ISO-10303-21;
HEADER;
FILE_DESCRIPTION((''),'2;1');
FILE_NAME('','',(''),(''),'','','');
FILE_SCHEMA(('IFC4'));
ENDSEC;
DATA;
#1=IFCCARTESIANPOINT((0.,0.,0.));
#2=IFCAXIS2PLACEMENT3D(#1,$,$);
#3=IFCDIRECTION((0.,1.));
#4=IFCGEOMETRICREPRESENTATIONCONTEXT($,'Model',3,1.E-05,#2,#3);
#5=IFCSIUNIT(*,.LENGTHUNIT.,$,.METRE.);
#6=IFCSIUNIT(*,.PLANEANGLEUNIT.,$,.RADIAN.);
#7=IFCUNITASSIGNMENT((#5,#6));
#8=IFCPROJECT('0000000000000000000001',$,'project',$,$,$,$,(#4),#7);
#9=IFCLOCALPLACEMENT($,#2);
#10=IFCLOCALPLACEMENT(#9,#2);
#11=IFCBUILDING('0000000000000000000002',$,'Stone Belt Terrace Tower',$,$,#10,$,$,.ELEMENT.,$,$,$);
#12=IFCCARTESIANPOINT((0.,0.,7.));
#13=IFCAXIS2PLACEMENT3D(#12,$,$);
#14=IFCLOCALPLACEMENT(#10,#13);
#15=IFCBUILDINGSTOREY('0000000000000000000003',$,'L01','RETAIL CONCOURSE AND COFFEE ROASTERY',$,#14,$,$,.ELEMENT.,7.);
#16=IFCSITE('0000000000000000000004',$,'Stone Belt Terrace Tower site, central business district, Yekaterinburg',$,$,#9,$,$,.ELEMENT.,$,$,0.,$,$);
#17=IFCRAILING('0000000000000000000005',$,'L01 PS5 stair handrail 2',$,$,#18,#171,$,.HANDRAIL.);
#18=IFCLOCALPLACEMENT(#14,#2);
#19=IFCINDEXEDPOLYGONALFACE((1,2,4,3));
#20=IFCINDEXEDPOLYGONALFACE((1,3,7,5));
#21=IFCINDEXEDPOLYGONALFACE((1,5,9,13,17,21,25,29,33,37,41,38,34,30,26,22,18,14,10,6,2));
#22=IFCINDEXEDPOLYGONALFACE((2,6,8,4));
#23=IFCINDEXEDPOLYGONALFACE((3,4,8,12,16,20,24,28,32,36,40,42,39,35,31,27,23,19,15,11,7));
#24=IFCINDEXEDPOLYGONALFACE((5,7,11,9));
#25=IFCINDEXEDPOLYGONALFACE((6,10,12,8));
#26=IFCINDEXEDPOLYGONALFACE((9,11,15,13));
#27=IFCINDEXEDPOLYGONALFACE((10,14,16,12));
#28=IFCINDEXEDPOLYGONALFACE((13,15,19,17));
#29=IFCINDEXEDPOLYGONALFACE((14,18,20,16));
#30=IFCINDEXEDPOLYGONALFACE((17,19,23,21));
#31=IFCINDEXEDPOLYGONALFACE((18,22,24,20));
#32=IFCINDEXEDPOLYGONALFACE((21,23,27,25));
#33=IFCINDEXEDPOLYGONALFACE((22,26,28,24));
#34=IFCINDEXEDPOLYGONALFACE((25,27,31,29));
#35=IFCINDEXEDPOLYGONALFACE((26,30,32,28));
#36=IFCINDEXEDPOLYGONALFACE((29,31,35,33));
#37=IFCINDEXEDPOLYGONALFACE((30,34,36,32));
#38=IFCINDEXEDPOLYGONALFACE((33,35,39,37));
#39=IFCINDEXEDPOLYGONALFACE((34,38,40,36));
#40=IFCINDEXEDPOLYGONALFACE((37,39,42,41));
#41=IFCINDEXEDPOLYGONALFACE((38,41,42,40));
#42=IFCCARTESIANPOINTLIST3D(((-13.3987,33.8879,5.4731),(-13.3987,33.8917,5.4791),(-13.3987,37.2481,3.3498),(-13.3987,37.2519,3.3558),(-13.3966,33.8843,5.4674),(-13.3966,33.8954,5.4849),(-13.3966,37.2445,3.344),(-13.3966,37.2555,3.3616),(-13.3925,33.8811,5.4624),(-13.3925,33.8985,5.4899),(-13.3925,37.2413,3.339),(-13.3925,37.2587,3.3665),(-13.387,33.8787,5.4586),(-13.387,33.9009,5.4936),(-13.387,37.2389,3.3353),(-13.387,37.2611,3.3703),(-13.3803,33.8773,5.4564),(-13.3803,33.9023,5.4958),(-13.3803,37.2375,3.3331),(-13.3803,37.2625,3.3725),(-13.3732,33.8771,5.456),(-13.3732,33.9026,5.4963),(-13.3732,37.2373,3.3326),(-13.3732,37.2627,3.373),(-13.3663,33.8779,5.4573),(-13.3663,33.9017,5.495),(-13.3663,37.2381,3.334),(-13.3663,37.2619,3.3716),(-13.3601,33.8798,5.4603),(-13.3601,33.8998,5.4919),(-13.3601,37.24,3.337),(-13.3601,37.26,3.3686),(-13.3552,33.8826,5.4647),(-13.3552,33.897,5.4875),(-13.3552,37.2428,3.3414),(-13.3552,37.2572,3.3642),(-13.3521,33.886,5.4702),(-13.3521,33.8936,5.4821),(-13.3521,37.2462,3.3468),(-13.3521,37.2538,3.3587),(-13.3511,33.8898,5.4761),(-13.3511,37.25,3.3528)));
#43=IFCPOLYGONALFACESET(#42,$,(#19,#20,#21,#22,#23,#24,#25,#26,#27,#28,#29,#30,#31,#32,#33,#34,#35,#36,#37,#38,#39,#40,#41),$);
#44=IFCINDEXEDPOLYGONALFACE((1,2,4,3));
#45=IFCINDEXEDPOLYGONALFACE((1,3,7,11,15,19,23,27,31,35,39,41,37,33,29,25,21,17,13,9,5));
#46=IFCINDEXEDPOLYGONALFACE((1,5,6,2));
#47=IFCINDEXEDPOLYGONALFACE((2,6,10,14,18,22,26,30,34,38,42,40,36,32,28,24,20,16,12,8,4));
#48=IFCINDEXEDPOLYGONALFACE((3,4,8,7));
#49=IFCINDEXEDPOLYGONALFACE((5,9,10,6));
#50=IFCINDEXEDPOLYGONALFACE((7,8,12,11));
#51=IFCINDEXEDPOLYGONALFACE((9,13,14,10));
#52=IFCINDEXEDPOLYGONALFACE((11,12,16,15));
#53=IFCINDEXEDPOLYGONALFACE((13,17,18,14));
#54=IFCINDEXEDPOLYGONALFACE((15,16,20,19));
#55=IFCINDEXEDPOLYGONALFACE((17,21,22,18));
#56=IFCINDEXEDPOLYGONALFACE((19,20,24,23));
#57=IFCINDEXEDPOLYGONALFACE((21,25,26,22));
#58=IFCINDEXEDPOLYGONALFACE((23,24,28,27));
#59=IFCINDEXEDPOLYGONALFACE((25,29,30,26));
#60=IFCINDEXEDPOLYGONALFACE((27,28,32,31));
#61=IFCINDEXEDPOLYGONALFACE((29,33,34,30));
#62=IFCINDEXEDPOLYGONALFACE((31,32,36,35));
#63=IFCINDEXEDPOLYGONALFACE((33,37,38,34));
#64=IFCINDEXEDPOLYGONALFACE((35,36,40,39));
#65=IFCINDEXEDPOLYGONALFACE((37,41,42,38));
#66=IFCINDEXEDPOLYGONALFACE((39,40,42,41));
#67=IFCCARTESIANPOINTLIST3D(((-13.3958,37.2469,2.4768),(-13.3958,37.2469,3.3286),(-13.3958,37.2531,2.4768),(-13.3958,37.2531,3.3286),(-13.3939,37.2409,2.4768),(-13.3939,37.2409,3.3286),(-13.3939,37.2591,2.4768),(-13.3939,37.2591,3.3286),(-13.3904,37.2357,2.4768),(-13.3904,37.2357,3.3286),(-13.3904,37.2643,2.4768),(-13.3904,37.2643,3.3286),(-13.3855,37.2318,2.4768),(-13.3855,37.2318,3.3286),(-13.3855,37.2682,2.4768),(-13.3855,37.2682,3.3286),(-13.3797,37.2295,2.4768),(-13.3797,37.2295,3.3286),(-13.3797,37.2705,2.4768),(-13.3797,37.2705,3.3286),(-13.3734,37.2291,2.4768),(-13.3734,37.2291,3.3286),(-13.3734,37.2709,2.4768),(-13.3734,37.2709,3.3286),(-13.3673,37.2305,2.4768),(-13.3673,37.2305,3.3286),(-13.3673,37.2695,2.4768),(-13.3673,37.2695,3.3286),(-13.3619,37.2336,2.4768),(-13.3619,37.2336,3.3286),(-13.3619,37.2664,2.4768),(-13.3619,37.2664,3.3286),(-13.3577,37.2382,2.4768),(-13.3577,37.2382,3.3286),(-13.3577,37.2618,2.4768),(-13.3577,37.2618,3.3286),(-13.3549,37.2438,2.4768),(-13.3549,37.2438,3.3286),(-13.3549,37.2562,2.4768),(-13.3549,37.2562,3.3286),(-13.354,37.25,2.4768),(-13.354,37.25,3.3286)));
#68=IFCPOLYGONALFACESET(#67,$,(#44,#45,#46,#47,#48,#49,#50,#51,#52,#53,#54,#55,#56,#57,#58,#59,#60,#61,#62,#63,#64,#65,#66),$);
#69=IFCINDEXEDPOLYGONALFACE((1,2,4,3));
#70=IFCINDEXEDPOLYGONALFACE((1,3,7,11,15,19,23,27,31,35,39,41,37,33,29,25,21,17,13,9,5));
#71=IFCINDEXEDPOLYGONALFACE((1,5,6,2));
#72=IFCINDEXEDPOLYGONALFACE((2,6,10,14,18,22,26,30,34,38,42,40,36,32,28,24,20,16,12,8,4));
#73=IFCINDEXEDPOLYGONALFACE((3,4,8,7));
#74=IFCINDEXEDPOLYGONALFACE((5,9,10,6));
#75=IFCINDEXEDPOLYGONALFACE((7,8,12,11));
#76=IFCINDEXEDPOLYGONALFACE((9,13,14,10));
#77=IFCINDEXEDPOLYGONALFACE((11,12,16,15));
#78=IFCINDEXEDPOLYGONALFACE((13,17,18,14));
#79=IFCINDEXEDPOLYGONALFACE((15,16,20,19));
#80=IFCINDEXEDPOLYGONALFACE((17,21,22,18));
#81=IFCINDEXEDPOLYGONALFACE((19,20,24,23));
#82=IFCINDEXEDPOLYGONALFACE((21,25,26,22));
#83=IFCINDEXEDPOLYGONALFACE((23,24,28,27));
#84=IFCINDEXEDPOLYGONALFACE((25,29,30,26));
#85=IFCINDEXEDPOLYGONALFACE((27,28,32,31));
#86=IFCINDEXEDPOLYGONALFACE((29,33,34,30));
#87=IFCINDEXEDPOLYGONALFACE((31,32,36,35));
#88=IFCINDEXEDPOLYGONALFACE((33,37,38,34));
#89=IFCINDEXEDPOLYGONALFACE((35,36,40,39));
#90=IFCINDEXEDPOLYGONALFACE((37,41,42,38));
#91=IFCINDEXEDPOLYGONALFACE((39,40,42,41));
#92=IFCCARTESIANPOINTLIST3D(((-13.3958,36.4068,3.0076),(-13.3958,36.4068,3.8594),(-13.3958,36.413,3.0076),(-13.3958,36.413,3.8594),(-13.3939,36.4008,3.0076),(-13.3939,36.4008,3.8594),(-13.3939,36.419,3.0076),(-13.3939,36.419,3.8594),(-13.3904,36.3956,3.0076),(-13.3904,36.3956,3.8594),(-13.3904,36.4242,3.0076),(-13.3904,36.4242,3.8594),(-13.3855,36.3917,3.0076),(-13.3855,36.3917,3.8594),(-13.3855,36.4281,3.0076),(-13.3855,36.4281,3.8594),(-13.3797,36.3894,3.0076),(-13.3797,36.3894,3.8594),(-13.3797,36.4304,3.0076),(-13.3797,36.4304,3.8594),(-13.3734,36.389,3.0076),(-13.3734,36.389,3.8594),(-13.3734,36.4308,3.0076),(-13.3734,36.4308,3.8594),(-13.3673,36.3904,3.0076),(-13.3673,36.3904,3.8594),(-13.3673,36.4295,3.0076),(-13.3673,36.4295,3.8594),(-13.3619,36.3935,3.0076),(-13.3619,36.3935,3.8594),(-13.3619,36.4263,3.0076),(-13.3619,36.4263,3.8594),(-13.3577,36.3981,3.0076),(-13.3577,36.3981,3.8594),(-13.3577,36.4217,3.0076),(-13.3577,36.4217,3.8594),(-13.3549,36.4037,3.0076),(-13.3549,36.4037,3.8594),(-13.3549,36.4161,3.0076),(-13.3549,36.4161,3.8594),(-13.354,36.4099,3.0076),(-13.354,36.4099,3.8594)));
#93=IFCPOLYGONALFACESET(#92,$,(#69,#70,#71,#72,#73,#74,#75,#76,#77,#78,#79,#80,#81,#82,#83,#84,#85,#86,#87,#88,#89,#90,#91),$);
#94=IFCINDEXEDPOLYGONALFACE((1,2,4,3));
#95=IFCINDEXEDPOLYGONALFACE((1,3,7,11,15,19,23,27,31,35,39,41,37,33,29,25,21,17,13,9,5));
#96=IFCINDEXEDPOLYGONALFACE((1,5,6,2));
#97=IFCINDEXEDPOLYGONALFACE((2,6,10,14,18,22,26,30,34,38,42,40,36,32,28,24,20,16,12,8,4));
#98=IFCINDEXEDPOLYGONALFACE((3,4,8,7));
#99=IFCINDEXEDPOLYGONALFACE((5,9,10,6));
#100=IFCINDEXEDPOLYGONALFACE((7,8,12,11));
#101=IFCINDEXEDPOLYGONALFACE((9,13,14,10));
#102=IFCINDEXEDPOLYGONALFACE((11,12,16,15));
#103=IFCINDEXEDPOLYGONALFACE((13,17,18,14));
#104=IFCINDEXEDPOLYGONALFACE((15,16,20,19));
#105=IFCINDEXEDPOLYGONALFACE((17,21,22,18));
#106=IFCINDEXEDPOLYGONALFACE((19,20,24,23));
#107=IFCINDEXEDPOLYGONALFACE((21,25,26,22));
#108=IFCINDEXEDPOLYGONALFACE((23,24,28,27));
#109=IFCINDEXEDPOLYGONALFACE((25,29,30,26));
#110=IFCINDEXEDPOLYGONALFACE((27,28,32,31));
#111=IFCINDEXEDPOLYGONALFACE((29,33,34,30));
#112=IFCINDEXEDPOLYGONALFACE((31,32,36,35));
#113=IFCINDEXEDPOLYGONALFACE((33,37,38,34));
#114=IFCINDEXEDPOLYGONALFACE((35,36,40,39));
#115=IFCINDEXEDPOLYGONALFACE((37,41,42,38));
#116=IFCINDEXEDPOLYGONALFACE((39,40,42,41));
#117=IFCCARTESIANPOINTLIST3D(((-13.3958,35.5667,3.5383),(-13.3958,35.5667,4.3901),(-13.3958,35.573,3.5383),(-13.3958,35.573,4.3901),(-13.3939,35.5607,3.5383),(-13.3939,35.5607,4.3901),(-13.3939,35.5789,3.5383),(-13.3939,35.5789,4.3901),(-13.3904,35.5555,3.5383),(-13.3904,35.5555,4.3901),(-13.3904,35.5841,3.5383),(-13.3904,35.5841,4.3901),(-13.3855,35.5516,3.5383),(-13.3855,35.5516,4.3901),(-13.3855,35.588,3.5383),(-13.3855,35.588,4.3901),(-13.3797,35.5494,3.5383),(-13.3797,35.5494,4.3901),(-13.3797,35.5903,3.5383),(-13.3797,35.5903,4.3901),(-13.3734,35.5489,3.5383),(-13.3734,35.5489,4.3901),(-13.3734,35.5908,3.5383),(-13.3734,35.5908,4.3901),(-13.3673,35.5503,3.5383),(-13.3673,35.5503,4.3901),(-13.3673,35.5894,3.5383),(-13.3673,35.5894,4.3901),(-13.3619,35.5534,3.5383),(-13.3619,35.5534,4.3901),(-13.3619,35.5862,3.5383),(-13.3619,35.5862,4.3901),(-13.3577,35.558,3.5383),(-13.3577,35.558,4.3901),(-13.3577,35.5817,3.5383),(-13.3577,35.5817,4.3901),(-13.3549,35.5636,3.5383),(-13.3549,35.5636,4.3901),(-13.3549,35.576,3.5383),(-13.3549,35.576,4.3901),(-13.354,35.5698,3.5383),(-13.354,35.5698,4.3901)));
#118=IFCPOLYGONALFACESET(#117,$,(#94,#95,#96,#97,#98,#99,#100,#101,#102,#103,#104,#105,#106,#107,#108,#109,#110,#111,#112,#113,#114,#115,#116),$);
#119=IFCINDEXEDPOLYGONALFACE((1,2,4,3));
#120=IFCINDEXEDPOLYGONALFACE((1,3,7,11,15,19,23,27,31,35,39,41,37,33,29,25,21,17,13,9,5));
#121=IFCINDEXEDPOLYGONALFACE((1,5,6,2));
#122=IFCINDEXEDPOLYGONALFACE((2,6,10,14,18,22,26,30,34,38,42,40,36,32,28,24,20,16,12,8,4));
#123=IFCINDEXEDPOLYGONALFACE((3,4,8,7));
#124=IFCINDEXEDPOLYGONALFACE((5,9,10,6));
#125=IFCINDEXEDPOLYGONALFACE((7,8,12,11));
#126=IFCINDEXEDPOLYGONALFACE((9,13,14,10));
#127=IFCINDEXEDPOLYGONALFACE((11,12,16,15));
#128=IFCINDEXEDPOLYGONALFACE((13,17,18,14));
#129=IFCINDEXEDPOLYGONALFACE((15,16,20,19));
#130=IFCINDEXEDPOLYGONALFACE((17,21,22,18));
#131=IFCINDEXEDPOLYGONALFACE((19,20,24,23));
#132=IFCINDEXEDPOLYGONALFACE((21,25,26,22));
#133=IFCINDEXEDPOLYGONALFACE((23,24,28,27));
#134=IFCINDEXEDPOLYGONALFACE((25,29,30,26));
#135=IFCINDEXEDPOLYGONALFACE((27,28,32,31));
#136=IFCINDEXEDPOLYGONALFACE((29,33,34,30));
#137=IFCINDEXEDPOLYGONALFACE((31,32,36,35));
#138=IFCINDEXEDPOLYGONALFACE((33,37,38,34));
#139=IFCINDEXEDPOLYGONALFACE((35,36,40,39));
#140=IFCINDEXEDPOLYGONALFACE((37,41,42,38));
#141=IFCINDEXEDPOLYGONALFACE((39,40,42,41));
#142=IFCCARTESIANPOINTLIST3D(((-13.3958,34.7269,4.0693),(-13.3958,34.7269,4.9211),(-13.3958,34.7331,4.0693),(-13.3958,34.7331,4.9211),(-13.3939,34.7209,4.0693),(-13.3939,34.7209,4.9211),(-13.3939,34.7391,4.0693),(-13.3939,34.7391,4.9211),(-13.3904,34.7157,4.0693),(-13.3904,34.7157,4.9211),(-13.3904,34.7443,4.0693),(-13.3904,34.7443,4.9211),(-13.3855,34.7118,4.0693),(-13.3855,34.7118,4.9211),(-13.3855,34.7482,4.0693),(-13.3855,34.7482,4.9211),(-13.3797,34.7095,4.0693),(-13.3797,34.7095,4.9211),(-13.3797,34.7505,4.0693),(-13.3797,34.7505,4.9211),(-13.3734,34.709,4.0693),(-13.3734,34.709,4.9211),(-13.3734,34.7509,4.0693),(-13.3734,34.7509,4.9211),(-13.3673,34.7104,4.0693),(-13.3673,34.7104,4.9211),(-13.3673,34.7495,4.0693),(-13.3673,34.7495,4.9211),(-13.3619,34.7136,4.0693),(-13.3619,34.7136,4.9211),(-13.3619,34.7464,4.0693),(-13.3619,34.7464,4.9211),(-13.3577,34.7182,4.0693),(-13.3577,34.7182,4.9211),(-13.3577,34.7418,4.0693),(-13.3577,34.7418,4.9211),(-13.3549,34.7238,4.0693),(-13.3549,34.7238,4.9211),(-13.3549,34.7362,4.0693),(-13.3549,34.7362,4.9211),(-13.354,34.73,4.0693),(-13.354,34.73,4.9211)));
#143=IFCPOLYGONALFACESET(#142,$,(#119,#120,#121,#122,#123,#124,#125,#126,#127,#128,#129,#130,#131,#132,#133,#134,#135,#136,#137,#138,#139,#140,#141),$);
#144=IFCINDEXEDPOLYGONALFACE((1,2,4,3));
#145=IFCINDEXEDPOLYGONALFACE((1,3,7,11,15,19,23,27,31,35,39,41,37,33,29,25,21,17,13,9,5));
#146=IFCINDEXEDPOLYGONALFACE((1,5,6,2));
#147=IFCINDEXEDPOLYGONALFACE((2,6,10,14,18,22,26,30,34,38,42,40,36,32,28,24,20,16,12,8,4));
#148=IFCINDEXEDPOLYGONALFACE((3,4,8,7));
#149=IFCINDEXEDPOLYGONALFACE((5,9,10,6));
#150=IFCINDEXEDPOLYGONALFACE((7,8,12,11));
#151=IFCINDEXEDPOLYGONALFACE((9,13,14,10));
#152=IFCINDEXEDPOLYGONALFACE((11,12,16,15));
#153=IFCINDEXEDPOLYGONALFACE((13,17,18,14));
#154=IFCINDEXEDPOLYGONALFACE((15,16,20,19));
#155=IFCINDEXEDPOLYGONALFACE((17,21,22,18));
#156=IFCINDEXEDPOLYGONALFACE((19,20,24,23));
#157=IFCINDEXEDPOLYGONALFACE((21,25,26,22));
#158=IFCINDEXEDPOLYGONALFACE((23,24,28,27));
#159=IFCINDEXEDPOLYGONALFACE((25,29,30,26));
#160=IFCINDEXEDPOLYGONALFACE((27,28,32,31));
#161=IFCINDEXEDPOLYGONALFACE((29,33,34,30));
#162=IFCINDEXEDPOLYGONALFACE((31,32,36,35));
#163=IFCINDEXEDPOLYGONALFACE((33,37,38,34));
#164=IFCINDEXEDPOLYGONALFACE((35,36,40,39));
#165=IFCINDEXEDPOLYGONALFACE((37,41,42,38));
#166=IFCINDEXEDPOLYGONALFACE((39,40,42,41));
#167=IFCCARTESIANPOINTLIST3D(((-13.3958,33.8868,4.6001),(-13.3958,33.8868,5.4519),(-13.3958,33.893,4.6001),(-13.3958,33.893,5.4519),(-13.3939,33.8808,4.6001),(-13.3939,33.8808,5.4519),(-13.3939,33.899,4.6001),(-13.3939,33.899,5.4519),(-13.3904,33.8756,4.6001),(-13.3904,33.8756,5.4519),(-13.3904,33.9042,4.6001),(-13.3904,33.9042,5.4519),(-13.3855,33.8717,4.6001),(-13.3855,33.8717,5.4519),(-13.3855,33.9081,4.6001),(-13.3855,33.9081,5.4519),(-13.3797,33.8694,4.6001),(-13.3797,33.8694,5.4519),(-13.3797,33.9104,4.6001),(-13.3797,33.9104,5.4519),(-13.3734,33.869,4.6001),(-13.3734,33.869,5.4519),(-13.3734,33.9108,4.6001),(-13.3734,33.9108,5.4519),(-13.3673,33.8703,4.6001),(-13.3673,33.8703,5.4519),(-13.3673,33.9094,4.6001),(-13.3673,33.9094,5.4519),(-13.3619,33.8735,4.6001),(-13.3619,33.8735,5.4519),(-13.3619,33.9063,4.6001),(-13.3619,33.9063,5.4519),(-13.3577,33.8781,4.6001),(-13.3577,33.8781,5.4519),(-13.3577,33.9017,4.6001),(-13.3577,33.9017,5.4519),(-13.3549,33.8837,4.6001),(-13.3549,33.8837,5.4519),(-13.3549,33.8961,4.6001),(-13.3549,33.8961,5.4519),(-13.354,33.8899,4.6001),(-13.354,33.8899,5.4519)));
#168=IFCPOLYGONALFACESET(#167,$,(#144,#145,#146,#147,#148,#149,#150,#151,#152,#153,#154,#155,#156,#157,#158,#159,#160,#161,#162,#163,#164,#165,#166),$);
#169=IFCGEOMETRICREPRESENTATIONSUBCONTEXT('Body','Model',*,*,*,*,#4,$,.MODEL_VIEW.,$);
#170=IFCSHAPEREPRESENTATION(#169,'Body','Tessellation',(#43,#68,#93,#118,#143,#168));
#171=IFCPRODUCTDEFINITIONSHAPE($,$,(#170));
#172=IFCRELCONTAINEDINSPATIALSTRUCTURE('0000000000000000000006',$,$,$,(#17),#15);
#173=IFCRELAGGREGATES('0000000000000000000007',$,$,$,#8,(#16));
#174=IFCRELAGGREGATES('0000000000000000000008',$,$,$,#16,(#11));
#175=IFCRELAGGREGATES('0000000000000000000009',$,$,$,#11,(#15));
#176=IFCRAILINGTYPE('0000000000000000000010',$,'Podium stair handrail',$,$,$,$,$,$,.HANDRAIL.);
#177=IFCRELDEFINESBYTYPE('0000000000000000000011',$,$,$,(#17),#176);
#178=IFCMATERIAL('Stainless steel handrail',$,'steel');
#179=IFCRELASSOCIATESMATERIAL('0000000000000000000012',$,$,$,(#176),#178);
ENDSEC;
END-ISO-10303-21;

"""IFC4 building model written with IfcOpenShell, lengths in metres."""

from ifc_helpers import new_model, si_unit, direction, frame, origin, origin_2d, place, context, subcontext, project, spatial, circle, extrude, material, type_object, element, save


model = new_model("IFC4")

# Units and contexts
model_context = context("Model", 3, precision=1e-05, world=origin(), true_north=direction((0.0, 1.0)))
body_context = subcontext(model_context, "Body", "Model", "MODEL_VIEW")
ifc_project = project(units=[si_unit("LENGTHUNIT", "METRE"), si_unit("PLANEANGLEUNIT", "RADIAN")], contexts=[model_context])

# Site, building, storey
site_placement = place(None, origin())
site = spatial("IfcSite", under=ifc_project, at=site_placement, Name="Stone Belt Terrace Tower site, central business district, Yekaterinburg", CompositionType="ELEMENT", RefElevation=0.0)
building_placement = place(site_placement, origin())
building = spatial("IfcBuilding", under=site, at=building_placement, Name="Stone Belt Terrace Tower", CompositionType="ELEMENT")
storey_placement = place(building_placement, frame((0.0, 0.0, 7.0)))
storey = spatial("IfcBuildingStorey", under=building, at=storey_placement, Name="L01", Description="RETAIL CONCOURSE AND COFFEE ROASTERY", CompositionType="ELEMENT", Elevation=7.0)

# Railing
ifc_material_1 = material(Name="Stainless steel handrail", Category="steel")
railing_type_1 = type_object("IfcRailingType", Name="Podium stair handrail", PredefinedType="HANDRAIL", material=ifc_material_1)
railing_1_placement = place(storey_placement, frame((-13.375, 37.25, 2.4768)))
element("IfcRailing", 1, at=railing_1_placement, inside=storey, type_object=railing_type_1, Name="L01 PS5 stair handrail 2", PredefinedType="HANDRAIL", context=body_context, shape_type="SweptSolid", body=[
    extrude(circle(Radius=0.0239, at=origin_2d()), frame((0.0, 0.0, 0.876), z_axis=(0.0, -0.845362, 0.534194), x_axis=(1.0, 0.0, 0.0)), (0.0, 0.0, 1.0), 3.9749),
    extrude(circle(Radius=0.021, at=origin_2d()), origin(), (0.0, 0.0, 1.0), 0.8518),
    extrude(circle(Radius=0.021, at=origin_2d()), frame((0.0, -0.8401, 0.5308)), (0.0, 0.0, 1.0), 0.8518),
    extrude(circle(Radius=0.021, at=origin_2d()), frame((0.0, -1.6802, 1.0615)), (0.0, 0.0, 1.0), 0.8518),
    extrude(circle(Radius=0.021, at=origin_2d()), frame((0.0, -2.52, 1.5925)), (0.0, 0.0, 1.0), 0.8518),
    extrude(circle(Radius=0.021, at=origin_2d()), frame((0.0, -3.3601, 2.1233)), (0.0, 0.0, 1.0), 0.8518),
])

save(model, "model.ifc")
